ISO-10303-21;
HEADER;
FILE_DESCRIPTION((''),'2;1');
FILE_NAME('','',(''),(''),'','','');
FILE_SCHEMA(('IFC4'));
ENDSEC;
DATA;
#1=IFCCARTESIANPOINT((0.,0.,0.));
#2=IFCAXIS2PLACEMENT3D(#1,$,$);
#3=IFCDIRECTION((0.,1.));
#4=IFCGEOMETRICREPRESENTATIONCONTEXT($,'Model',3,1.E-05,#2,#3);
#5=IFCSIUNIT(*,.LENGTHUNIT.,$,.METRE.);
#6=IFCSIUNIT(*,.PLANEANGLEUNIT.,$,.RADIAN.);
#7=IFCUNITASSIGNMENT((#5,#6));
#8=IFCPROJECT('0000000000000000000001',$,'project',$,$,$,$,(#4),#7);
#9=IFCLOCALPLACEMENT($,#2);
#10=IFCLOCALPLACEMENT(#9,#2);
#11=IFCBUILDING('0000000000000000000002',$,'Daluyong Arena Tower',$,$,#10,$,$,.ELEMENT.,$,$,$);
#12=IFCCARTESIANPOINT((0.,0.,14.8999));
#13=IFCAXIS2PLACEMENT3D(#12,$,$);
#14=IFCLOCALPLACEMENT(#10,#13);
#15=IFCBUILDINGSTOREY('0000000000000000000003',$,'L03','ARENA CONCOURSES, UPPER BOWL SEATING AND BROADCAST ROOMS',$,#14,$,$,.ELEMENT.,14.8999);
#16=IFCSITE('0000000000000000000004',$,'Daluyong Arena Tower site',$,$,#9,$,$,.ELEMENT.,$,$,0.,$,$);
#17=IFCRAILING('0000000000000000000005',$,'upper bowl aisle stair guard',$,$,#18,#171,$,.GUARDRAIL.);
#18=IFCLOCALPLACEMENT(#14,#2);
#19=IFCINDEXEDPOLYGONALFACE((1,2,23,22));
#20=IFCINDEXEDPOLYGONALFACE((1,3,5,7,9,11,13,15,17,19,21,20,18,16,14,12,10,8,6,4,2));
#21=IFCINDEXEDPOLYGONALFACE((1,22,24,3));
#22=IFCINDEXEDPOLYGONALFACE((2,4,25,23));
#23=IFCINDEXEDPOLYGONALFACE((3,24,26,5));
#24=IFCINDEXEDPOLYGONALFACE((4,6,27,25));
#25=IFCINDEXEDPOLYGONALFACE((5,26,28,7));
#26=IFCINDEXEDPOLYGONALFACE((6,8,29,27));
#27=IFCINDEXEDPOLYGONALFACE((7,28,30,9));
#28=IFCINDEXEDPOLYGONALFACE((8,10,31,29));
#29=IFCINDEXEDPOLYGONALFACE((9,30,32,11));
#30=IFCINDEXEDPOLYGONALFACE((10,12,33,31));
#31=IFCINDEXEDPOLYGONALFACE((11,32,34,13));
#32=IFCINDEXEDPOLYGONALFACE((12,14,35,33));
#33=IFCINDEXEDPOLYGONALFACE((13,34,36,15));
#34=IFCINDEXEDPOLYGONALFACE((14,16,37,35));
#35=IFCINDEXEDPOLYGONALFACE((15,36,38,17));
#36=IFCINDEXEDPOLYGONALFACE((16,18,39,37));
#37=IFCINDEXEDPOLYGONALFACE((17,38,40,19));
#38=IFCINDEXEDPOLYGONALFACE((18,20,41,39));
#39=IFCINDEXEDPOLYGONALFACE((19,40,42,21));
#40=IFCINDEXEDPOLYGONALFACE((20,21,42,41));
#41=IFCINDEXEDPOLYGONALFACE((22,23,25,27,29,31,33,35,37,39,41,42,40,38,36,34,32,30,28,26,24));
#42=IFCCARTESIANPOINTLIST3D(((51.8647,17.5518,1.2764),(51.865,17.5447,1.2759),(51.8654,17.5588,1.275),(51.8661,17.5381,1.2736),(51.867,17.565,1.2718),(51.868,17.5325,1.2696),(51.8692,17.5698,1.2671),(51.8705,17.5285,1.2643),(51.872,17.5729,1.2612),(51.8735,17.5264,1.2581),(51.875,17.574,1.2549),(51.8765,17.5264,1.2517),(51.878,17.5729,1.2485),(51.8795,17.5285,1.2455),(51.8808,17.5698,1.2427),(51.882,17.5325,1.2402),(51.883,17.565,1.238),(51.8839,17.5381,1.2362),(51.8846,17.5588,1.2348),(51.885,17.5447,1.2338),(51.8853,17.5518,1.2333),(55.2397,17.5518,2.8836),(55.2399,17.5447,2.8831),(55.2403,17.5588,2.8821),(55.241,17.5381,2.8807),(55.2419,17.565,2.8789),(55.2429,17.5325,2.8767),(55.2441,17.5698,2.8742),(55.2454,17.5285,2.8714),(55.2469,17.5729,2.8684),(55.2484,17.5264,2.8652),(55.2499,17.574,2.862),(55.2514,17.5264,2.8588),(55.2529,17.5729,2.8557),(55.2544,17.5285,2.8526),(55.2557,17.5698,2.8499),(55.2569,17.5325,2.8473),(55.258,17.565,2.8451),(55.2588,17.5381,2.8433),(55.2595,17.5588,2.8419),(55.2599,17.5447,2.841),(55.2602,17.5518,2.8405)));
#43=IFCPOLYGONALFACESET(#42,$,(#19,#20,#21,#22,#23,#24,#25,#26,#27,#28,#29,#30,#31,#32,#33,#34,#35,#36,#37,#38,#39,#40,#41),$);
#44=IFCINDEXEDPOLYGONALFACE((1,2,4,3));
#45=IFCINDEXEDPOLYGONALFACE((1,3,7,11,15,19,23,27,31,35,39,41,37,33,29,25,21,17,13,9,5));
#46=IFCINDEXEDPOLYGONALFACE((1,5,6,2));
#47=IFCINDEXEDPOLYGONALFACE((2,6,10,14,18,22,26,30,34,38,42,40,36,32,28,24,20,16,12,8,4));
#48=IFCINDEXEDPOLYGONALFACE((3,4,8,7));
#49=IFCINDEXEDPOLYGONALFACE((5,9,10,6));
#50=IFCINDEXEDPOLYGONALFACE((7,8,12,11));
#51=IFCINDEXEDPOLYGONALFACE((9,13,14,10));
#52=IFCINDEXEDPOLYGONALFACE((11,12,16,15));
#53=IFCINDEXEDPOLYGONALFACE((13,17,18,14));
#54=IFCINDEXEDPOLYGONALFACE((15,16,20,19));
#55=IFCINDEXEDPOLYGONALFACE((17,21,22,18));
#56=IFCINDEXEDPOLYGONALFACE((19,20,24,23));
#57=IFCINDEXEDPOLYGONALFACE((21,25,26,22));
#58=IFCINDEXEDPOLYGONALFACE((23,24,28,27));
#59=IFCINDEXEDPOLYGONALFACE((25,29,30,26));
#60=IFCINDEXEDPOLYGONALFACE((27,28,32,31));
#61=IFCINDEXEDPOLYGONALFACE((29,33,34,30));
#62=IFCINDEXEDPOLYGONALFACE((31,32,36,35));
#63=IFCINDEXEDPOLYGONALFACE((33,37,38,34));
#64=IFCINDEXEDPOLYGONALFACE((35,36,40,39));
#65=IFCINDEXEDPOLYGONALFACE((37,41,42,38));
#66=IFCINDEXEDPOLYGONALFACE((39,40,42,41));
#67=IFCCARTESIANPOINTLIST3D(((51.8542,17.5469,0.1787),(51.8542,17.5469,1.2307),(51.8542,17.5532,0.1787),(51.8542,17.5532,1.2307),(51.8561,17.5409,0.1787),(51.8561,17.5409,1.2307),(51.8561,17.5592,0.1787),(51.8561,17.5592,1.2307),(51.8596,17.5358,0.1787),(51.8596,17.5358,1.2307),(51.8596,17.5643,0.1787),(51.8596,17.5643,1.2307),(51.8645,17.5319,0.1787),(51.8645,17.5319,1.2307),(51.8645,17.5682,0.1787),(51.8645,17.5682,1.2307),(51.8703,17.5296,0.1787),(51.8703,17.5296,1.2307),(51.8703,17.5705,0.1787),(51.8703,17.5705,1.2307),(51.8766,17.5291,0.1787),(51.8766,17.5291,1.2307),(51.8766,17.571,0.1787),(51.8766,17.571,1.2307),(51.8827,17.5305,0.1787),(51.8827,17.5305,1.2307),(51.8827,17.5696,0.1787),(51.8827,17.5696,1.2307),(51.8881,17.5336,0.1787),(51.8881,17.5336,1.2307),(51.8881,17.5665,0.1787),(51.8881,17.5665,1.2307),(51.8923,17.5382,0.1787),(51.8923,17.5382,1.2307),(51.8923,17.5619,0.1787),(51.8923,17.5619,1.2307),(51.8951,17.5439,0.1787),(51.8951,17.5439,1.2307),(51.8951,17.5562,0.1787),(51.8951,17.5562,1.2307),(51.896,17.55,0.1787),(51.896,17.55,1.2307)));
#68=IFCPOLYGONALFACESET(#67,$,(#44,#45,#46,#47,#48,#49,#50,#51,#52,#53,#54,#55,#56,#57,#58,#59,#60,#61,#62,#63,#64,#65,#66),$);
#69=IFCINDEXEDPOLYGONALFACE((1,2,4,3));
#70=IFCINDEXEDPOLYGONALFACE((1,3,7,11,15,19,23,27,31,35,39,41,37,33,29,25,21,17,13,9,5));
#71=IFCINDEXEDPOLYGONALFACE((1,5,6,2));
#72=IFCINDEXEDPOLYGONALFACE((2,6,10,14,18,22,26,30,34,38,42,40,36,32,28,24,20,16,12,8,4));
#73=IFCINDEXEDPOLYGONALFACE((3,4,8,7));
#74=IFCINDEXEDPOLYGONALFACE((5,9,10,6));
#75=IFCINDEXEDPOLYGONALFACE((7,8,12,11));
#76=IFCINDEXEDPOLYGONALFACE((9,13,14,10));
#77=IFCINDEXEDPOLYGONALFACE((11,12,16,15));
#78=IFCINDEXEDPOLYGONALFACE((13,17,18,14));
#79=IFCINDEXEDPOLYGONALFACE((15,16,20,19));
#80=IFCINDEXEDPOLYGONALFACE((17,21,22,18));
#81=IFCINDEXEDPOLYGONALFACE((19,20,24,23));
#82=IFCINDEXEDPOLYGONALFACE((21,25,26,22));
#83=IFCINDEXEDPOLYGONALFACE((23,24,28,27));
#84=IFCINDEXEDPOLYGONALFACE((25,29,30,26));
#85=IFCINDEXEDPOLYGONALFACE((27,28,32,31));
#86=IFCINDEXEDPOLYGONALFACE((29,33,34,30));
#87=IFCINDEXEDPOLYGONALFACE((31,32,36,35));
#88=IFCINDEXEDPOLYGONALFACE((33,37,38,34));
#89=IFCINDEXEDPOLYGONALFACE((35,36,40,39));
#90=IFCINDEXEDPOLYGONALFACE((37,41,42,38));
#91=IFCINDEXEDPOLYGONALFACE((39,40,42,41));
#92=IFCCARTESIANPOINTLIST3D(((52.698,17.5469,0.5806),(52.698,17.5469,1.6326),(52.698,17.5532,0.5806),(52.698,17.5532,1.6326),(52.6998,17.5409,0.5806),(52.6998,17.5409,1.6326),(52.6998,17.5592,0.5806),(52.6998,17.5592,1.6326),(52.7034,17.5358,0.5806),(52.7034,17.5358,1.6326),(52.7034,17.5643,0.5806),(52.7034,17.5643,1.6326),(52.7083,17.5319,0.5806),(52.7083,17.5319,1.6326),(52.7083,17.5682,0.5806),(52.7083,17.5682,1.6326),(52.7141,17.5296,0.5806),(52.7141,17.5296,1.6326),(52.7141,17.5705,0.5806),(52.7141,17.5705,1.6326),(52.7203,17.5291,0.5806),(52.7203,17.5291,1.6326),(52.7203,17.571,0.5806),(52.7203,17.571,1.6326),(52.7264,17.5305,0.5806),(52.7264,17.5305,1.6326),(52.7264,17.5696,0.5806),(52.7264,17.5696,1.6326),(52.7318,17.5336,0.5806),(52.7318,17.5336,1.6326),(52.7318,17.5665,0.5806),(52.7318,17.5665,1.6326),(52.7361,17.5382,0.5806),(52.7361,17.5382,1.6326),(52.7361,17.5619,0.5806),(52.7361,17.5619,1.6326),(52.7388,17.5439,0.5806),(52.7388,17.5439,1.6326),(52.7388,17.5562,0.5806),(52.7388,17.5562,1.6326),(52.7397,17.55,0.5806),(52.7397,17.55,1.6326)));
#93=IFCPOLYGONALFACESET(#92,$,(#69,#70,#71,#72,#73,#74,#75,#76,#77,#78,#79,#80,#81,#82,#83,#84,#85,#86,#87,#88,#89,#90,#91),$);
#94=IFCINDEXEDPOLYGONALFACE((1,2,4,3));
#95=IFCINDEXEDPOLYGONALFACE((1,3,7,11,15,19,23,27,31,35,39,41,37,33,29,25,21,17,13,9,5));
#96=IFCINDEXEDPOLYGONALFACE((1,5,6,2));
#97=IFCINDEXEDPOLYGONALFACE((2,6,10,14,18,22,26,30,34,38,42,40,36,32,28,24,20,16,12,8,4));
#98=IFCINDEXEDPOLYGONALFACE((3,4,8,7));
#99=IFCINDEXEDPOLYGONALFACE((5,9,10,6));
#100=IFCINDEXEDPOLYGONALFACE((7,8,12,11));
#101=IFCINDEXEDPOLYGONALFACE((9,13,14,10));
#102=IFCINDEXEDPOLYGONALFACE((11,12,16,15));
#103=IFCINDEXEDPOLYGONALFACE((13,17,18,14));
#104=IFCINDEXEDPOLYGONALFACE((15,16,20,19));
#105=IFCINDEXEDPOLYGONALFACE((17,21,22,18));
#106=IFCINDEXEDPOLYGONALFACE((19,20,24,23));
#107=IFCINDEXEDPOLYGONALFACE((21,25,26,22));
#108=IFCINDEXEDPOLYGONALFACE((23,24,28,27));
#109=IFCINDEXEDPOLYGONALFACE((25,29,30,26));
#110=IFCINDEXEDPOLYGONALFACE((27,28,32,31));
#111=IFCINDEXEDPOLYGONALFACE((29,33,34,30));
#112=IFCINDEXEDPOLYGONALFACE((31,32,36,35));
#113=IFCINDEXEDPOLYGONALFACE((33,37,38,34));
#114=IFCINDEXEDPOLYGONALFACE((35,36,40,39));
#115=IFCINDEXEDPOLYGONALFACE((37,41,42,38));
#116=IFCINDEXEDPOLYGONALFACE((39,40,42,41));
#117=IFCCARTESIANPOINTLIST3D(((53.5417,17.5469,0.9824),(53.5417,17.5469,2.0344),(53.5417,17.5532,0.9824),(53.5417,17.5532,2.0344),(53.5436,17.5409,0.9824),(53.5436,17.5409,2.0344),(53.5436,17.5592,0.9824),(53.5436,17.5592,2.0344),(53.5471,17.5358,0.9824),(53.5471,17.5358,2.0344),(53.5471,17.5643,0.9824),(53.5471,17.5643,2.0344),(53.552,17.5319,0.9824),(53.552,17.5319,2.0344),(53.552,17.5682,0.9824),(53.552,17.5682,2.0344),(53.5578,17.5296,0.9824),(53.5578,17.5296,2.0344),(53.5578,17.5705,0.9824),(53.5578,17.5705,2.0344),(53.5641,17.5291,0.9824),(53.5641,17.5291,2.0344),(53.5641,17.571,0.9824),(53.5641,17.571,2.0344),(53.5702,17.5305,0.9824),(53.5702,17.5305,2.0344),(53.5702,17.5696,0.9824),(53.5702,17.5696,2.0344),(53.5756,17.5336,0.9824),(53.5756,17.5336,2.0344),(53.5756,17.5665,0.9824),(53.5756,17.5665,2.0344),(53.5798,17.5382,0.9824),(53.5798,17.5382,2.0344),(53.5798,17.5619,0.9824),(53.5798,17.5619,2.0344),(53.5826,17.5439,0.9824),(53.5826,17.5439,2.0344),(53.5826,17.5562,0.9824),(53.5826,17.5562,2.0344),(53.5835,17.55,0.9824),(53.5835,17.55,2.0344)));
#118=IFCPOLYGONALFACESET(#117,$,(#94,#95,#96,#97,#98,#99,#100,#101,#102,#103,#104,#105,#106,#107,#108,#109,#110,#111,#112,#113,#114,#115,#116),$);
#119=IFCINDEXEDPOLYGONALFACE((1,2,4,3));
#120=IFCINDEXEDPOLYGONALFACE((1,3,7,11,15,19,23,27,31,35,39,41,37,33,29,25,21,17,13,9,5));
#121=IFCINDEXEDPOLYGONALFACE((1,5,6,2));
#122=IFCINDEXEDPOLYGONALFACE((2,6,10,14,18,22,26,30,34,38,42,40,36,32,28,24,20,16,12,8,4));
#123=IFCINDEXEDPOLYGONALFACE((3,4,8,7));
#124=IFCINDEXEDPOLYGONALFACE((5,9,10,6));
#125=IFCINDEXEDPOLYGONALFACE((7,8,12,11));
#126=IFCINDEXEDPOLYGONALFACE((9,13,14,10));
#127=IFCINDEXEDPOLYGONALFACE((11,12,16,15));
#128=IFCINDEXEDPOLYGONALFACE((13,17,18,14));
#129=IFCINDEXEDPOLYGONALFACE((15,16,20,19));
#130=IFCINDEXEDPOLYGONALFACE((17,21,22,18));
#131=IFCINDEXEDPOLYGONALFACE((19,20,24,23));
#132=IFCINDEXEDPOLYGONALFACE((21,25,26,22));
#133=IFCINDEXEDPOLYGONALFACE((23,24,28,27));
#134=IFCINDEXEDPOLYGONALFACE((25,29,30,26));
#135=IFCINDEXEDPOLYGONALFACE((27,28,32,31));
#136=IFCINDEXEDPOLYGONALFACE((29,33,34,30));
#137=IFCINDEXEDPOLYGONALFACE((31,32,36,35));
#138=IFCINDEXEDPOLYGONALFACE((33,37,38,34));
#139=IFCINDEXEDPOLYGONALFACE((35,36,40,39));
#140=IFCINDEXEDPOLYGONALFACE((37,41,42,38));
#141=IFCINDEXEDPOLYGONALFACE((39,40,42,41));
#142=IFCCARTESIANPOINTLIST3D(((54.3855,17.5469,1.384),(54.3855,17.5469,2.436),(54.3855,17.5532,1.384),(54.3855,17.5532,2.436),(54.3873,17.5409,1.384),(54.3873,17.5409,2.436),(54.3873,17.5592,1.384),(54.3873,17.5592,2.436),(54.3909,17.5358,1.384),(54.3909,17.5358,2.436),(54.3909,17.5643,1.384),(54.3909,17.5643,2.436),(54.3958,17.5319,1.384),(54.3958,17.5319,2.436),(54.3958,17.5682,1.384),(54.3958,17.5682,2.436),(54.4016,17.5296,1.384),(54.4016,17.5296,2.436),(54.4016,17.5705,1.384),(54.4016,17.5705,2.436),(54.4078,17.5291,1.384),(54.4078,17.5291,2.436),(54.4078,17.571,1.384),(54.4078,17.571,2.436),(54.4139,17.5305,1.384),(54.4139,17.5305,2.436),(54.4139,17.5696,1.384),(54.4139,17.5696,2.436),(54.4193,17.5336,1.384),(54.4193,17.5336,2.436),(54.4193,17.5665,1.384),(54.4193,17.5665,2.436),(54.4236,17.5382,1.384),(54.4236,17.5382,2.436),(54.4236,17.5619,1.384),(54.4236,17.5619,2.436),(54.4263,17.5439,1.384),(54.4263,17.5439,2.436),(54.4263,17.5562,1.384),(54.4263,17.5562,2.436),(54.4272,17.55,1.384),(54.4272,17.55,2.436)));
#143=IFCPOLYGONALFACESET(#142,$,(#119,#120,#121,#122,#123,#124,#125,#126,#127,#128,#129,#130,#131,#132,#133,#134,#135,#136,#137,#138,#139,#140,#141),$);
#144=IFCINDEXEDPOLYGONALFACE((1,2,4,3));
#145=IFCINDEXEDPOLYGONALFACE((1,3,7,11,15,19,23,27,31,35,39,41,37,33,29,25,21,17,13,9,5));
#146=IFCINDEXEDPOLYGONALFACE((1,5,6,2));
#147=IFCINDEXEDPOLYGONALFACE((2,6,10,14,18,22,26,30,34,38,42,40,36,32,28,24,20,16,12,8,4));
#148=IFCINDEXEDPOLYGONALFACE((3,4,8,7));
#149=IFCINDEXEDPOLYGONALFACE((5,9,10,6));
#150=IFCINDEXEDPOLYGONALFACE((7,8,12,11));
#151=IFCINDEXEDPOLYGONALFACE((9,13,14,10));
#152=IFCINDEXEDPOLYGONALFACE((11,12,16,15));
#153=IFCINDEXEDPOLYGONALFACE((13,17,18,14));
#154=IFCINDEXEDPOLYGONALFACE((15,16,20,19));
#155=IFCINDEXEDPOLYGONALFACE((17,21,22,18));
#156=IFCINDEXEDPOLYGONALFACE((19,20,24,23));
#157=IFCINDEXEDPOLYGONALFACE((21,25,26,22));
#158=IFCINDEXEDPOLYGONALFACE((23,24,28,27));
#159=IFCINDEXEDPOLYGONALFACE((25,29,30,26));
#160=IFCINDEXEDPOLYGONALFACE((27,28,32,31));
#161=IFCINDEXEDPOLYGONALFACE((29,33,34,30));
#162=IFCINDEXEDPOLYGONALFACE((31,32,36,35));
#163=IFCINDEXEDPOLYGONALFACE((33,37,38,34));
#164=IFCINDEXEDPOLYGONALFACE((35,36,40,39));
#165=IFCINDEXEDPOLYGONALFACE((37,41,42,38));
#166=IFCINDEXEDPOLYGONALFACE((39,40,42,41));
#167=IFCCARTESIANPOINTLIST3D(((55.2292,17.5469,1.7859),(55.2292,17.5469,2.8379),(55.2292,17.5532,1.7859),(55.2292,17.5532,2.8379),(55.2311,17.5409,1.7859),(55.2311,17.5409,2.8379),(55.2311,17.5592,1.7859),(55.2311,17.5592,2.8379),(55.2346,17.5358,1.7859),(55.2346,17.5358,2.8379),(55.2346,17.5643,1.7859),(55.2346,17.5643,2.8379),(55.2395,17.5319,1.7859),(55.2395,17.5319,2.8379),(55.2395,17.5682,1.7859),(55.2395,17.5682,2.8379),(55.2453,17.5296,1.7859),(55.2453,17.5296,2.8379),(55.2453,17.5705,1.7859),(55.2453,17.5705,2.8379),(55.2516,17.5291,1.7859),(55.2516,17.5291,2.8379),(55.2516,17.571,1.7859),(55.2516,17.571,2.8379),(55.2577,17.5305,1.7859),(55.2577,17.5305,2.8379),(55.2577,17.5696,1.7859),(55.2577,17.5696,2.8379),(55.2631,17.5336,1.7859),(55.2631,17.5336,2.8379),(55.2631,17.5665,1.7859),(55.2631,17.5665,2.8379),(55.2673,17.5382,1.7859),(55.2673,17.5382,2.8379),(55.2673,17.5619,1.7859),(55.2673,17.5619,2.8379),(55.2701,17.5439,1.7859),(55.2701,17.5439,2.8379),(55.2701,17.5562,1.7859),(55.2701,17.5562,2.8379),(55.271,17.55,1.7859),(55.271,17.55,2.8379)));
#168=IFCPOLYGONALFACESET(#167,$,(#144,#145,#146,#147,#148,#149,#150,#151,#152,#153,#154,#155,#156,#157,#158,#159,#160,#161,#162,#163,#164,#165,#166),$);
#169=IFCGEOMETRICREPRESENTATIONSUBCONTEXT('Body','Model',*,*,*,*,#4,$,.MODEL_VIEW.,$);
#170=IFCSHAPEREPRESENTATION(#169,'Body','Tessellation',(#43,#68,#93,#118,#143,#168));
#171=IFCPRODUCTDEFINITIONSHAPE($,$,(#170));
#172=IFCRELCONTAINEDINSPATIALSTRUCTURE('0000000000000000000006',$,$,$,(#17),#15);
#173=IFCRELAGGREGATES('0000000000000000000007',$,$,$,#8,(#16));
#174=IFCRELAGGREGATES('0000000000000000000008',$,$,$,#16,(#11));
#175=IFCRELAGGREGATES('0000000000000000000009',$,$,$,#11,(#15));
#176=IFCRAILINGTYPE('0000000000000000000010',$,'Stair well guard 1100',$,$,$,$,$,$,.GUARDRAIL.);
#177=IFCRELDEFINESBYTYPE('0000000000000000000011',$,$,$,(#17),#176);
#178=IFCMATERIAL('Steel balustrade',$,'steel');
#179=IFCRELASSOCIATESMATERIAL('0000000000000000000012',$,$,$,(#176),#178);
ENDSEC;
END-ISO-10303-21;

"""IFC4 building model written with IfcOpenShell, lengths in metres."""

from ifc_helpers import new_model, si_unit, direction, frame, origin, origin_2d, place, context, subcontext, project, spatial, circle, extrude, material, type_object, element, save


model = new_model("IFC4")

# Units and contexts
model_context = context("Model", 3, precision=1e-05, world=origin(), true_north=direction((0.0, 1.0)))
body_context = subcontext(model_context, "Body", "Model", "MODEL_VIEW")
ifc_project = project(units=[si_unit("LENGTHUNIT", "METRE"), si_unit("PLANEANGLEUNIT", "RADIAN")], contexts=[model_context])

# Site, building, storey
site_placement = place(None, origin())
site = spatial("IfcSite", under=ifc_project, at=site_placement, Name="Daluyong Arena Tower site", CompositionType="ELEMENT", RefElevation=0.0)
building_placement = place(site_placement, origin())
building = spatial("IfcBuilding", under=site, at=building_placement, Name="Daluyong Arena Tower", CompositionType="ELEMENT")
storey_placement = place(building_placement, frame((0.0, 0.0, 14.8999)))
storey = spatial("IfcBuildingStorey", under=building, at=storey_placement, Name="L03", Description="ARENA CONCOURSES, UPPER BOWL SEATING AND BROADCAST ROOMS", CompositionType="ELEMENT", Elevation=14.8999)

# Railing
ifc_material_1 = material(Name="Steel balustrade", Category="steel")
railing_type_1 = type_object("IfcRailingType", Name="Stair well guard 1100", PredefinedType="GUARDRAIL", material=ifc_material_1)
railing_1_placement = place(storey_placement, frame((51.875, 17.55, 0.1787)))
element("IfcRailing", 1, at=railing_1_placement, inside=storey, type_object=railing_type_1, Name="upper bowl aisle stair guard", PredefinedType="GUARDRAIL", context=body_context, shape_type="SweptSolid", body=[
    extrude(circle(Radius=0.0239, at=origin_2d()), frame((0.0, 0.0, 1.0762), z_axis=(0.902857, 0.0, 0.429941), x_axis=(0.0, 1.0, 0.0)), (0.0, 0.0, 1.0), 3.738),
    extrude(circle(Radius=0.021, at=origin_2d()), origin(), (0.0, 0.0, 1.0), 1.052),
    extrude(circle(Radius=0.021, at=origin_2d()), frame((0.8438, 0.0, 0.4019)), (0.0, 0.0, 1.0), 1.052),
    extrude(circle(Radius=0.021, at=origin_2d()), frame((1.6875, 0.0, 0.8037)), (0.0, 0.0, 1.0), 1.052),
    extrude(circle(Radius=0.021, at=origin_2d()), frame((2.5312, 0.0, 1.2053)), (0.0, 0.0, 1.0), 1.052),
    extrude(circle(Radius=0.021, at=origin_2d()), frame((3.375, 0.0, 1.6072)), (0.0, 0.0, 1.0), 1.052),
])

save(model, "model.ifc")
